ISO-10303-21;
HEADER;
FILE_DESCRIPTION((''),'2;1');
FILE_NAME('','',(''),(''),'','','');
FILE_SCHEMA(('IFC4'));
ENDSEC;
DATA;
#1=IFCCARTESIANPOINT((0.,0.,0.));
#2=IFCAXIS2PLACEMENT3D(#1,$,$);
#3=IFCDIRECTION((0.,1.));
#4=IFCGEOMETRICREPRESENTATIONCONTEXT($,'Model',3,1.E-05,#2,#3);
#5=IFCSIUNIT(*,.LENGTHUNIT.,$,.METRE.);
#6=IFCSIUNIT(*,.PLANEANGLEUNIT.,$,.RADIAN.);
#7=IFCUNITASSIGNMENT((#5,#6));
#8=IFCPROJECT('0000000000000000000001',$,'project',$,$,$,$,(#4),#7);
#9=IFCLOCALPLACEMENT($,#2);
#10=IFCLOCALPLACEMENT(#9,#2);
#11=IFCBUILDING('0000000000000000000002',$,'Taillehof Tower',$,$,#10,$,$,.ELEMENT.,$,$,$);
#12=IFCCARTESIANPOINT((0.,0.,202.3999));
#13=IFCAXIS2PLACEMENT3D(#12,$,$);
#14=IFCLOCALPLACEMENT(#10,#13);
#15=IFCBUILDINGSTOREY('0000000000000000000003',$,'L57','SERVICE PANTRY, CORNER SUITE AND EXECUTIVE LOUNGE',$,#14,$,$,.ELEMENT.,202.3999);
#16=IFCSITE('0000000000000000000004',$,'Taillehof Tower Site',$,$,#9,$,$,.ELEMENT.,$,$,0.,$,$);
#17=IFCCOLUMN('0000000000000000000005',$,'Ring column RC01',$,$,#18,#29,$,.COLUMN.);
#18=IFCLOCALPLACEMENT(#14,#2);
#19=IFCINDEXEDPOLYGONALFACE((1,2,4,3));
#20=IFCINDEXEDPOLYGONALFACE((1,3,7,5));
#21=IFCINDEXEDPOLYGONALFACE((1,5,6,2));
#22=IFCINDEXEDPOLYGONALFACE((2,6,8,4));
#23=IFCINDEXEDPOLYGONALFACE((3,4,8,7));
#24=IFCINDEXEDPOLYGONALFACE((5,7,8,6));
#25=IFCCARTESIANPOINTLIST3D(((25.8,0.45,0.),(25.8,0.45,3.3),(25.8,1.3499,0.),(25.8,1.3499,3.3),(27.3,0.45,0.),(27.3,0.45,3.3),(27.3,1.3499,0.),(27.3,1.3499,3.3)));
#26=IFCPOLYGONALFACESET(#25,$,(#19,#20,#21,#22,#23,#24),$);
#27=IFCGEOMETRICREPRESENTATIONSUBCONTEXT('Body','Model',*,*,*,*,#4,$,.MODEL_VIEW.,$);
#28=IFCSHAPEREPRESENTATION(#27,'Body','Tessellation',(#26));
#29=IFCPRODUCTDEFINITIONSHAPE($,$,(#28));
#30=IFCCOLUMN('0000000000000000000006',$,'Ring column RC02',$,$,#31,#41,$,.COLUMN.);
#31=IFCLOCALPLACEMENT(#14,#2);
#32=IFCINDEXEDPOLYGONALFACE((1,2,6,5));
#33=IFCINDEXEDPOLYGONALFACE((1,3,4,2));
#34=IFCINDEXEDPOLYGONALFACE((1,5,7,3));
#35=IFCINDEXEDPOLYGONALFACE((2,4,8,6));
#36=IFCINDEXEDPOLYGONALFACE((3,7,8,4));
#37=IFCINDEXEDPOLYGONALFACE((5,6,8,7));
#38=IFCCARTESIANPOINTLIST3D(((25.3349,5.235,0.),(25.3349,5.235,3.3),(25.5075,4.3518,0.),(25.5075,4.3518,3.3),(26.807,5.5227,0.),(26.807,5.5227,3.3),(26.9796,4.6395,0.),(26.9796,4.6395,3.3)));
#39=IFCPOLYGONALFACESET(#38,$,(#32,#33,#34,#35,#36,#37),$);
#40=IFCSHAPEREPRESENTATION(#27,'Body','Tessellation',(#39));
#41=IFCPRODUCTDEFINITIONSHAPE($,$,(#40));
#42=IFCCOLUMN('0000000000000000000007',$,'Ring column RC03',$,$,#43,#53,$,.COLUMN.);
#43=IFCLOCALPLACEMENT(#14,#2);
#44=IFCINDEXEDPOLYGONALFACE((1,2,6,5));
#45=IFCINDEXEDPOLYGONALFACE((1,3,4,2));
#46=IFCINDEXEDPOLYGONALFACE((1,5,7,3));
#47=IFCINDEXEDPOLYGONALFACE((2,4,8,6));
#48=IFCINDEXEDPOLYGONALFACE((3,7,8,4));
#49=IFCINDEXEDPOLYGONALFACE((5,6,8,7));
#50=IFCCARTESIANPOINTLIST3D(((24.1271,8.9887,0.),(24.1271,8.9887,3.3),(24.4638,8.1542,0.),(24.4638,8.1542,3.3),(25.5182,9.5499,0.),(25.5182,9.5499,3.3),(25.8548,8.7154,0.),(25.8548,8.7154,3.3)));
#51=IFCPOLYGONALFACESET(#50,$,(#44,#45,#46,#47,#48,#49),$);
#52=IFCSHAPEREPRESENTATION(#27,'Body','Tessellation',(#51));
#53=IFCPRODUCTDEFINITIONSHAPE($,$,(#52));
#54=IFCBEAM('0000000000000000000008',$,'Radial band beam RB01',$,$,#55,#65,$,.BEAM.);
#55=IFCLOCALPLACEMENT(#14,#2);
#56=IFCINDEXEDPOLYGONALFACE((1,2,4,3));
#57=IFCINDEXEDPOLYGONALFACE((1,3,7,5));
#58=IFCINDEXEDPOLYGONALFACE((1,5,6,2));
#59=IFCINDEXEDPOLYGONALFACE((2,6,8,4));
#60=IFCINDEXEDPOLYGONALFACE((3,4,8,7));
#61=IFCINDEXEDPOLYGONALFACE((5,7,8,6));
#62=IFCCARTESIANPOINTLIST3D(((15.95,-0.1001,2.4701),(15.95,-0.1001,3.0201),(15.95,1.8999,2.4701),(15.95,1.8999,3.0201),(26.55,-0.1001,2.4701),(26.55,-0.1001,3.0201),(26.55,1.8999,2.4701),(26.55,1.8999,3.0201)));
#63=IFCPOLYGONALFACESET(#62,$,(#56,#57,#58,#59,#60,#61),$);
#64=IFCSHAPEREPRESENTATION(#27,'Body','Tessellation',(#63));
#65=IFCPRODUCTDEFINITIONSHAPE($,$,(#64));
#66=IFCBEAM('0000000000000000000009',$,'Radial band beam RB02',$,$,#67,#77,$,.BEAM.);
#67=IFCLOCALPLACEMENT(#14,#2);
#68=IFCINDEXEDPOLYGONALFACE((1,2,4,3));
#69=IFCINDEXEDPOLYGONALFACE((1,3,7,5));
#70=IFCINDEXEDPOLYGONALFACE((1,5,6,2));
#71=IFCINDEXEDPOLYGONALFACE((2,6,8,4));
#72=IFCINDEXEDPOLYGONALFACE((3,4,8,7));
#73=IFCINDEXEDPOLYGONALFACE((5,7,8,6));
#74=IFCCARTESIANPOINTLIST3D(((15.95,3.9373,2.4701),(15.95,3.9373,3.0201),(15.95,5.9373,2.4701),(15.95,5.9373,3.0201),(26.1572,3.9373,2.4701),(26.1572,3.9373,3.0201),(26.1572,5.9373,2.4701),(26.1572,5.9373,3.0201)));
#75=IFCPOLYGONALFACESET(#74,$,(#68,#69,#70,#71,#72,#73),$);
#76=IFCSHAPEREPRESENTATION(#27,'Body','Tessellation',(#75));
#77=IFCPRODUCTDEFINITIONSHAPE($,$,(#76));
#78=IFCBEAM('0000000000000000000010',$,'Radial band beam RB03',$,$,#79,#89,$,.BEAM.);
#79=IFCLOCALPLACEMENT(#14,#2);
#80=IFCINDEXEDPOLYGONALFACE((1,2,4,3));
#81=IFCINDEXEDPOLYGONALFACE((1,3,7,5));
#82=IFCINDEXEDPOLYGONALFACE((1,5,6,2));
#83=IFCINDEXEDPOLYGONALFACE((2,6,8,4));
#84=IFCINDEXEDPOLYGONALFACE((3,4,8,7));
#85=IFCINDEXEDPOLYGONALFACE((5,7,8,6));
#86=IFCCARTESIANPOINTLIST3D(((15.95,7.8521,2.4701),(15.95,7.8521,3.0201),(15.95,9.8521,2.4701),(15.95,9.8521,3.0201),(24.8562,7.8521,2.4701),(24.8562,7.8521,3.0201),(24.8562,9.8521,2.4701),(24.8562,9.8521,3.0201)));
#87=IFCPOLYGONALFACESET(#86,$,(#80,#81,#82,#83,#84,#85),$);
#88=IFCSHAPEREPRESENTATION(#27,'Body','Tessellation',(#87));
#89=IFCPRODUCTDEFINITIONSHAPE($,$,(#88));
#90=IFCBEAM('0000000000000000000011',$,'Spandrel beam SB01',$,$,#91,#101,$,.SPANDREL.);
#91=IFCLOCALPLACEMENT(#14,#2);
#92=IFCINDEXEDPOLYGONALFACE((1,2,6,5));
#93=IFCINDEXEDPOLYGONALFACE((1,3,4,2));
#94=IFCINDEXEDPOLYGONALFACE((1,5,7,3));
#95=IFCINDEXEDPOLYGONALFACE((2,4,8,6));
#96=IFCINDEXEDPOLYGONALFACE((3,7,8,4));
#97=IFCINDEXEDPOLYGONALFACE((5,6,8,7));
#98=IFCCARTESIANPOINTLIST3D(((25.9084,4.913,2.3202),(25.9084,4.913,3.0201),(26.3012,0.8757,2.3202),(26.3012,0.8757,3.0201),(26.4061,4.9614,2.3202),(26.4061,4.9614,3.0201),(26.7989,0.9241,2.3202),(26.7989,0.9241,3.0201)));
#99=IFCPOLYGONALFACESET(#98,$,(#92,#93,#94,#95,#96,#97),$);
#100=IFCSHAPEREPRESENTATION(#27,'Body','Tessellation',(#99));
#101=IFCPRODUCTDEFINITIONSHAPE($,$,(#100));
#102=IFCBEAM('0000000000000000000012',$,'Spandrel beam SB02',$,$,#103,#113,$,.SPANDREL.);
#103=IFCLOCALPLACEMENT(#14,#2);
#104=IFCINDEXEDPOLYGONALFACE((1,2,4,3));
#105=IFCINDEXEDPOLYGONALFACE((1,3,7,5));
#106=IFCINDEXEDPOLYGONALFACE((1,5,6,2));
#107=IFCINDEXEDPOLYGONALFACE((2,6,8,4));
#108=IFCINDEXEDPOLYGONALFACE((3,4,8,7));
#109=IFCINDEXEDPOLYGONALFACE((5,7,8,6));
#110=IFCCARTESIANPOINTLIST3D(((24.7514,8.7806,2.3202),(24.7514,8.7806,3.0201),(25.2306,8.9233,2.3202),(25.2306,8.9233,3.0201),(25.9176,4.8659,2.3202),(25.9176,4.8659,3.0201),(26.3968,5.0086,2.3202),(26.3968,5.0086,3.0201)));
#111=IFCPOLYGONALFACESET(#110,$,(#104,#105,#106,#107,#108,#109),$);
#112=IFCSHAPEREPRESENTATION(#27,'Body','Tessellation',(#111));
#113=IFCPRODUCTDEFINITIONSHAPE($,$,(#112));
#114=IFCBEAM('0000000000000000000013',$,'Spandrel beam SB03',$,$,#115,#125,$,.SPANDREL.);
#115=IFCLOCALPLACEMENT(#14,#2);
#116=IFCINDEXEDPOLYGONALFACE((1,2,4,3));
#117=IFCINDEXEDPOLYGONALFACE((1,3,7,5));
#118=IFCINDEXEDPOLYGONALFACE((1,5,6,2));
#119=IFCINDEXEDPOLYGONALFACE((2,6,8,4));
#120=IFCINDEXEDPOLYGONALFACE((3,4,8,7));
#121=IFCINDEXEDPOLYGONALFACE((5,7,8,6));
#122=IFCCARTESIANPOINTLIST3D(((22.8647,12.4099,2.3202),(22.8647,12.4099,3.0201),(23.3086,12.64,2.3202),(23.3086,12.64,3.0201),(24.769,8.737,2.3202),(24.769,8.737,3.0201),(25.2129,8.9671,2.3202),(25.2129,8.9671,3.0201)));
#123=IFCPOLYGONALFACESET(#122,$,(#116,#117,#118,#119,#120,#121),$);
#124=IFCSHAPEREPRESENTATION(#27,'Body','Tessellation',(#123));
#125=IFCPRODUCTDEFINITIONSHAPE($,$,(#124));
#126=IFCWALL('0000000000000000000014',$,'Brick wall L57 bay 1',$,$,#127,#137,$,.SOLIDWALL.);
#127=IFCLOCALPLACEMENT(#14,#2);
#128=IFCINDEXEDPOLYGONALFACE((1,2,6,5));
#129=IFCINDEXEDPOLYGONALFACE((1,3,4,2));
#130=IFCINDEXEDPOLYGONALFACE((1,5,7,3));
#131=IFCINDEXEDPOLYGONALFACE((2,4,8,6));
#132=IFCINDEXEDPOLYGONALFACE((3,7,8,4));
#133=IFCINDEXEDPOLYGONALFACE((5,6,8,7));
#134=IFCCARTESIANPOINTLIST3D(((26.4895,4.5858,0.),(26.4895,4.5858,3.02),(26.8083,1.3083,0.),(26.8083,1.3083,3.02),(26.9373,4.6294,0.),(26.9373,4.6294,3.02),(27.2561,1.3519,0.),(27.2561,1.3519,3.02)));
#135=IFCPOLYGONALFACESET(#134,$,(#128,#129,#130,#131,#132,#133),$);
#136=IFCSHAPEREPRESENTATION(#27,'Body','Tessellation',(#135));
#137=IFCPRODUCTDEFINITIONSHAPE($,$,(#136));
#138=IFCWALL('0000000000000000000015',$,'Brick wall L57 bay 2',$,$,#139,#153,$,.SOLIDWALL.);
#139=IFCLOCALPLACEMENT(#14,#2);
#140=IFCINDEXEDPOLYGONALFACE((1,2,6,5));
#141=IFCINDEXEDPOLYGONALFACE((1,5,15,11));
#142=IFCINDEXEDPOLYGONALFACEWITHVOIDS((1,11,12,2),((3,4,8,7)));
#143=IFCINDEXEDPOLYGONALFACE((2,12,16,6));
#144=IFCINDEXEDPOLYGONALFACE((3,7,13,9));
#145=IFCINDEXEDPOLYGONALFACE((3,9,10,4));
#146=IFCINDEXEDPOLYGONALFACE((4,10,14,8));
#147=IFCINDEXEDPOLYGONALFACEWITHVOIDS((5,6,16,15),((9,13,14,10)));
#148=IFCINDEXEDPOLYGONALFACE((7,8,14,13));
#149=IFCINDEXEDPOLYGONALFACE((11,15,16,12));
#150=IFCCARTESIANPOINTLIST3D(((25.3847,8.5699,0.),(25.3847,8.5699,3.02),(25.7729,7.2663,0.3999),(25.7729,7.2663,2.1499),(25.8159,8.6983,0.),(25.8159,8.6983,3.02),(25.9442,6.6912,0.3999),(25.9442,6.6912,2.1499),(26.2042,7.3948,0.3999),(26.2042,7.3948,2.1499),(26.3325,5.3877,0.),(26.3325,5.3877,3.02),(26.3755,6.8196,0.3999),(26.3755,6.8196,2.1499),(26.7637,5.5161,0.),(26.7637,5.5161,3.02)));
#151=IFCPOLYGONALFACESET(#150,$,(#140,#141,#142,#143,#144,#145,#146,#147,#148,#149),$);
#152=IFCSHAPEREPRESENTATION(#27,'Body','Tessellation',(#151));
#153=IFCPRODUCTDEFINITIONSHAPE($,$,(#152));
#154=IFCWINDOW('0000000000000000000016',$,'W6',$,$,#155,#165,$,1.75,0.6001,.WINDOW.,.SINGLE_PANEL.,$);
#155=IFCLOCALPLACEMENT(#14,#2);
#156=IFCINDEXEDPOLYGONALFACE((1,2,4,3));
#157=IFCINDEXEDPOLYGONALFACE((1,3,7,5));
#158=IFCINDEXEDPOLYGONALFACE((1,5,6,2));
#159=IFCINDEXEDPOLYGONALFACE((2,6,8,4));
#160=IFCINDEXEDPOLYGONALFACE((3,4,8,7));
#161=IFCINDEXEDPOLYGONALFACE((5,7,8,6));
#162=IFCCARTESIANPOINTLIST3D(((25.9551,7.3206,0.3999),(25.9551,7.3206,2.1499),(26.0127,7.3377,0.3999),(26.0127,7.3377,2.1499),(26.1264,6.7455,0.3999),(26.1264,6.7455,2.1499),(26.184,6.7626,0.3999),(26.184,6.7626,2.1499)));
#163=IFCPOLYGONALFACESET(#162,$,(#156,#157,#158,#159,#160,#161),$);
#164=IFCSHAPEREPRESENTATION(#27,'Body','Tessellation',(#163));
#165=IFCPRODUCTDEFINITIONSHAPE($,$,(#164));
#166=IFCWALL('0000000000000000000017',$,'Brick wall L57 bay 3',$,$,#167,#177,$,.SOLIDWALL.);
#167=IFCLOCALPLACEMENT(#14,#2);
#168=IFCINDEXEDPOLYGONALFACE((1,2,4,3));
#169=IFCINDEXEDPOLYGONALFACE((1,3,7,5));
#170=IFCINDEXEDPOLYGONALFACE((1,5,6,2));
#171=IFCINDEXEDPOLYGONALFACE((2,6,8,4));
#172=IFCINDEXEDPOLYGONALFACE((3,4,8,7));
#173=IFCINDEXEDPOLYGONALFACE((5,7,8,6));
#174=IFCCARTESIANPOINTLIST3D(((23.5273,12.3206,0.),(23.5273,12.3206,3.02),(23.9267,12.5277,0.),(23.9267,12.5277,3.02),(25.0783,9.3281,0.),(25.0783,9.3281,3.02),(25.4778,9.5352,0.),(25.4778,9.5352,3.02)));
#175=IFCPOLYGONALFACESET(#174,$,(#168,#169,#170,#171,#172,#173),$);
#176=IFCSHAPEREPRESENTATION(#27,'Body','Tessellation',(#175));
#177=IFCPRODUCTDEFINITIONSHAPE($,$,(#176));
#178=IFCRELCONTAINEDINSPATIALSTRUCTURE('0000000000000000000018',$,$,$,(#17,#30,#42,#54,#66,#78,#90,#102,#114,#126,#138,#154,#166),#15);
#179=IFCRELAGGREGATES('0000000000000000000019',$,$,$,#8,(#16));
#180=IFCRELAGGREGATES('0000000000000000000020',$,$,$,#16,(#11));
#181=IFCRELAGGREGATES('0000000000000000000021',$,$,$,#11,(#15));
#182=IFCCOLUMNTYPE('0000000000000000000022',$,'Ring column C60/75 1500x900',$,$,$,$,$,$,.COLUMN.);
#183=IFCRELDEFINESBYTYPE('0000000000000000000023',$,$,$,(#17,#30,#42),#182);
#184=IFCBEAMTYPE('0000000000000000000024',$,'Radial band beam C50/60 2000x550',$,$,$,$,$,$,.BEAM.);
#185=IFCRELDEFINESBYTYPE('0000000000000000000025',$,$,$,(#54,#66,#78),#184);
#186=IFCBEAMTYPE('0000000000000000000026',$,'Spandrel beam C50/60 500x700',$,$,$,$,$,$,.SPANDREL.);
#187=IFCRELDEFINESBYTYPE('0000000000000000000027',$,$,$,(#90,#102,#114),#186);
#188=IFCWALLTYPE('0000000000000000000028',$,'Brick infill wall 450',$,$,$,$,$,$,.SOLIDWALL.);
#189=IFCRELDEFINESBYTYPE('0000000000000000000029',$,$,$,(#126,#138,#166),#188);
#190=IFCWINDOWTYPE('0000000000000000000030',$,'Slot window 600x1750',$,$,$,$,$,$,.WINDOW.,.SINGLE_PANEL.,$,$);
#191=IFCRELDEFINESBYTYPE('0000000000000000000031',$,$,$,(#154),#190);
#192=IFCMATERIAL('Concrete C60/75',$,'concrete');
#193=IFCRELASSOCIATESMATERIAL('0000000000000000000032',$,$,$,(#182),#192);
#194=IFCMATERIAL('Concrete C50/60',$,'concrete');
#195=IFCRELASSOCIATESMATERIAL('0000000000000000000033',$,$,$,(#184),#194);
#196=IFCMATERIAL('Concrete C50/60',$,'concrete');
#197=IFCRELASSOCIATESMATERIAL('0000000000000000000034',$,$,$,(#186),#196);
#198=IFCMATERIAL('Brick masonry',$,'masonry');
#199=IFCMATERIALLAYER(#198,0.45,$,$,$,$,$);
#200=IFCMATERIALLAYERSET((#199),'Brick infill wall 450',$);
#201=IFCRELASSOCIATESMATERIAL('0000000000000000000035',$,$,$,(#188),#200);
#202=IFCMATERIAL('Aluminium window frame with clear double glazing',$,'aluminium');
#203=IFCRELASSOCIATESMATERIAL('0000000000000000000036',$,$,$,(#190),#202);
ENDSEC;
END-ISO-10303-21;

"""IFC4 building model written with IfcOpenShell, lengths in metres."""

from ifc_helpers import new_model, si_unit, direction, frame, frame_2d, origin, origin_2d, place, context, subcontext, project, spatial, rectangle, extrude, material, layer, layer_set, material_profile, profile_set, type_object, element, fill, save


model = new_model("IFC4")

# Units and contexts
model_context = context("Model", 3, precision=1e-05, world=origin(), true_north=direction((0.0, 1.0)))
body_context = subcontext(model_context, "Body", "Model", "MODEL_VIEW")
ifc_project = project(units=[si_unit("LENGTHUNIT", "METRE"), si_unit("PLANEANGLEUNIT", "RADIAN")], contexts=[model_context])

# Site, building, storey
site_placement = place(None, origin())
site = spatial("IfcSite", under=ifc_project, at=site_placement, Name="Taillehof Tower Site", CompositionType="ELEMENT", RefElevation=0.0)
building_placement = place(site_placement, origin())
building = spatial("IfcBuilding", under=site, at=building_placement, Name="Taillehof Tower", CompositionType="ELEMENT")
storey_placement = place(building_placement, frame((0.0, 0.0, 202.3999)))
storey = spatial("IfcBuildingStorey", under=building, at=storey_placement, Name="L57", Description="SERVICE PANTRY, CORNER SUITE AND EXECUTIVE LOUNGE", CompositionType="ELEMENT", Elevation=202.3999)

# Columns
ifc_material_1 = material(Name="Concrete C60/75", Category="concrete")
ifc_material_profile_1 = material_profile(ifc_material_1, rectangle(XDim=1.5, YDim=0.8999, at=origin_2d()), Name="RC 1500x900")
ifc_profile_set_1 = profile_set([ifc_material_profile_1], Name="Concrete C60/75")
column_type = type_object("IfcColumnType", Name="Ring column C60/75 1500x900", PredefinedType="COLUMN", material=ifc_profile_set_1)
for number, where, z_axis, x_axis, name in (
    (1, (26.55, 0.8999, 0.0), (0.0, 0.0, 1.0), (1.0, 0.0, 0.0), "Ring column RC01"),
    (2, (26.1572, 4.9373, 0.0), (0.0, 0.0, 1.0), (0.981434, 0.191801, 0.0), "Ring column RC02"),
    (3, (24.991, 8.8521, 0.0), (0.0, 0.0, 1.0), (0.927385, 0.374108, 0.0), "Ring column RC03"),
):
    element("IfcColumn", number, at=place(storey_placement, frame(where, z_axis=z_axis, x_axis=x_axis)), inside=storey, type_object=column_type, Name=name, PredefinedType="COLUMN", context=body_context, shape_type="SweptSolid", body=[
        extrude(rectangle(XDim=1.5, YDim=0.8999, at=origin_2d()), origin(), (0.0, 0.0, 1.0), 3.3),
    ])

# Beams
ifc_material_2 = material(Name="Concrete C50/60", Category="concrete")
ifc_material_profile_2 = material_profile(ifc_material_2, rectangle(XDim=2.0, YDim=0.55, at=origin_2d()), Name="RC 2000x550")
ifc_profile_set_2 = profile_set([ifc_material_profile_2], Name="Concrete C50/60")
beam_type_1 = type_object("IfcBeamType", Name="Radial band beam C50/60 2000x550", PredefinedType="BEAM", material=ifc_profile_set_2)
beam_1_placement = place(storey_placement, frame((26.55, 0.8999, 2.7451), z_axis=(-1.0, 0.0, 0.0), x_axis=(0.0, -1.0, 0.0)))
element("IfcBeam", 4, at=beam_1_placement, inside=storey, type_object=beam_type_1, Name="Radial band beam RB01", PredefinedType="BEAM", context=body_context, shape_type="SweptSolid", body=[
    extrude(rectangle(XDim=2.0, YDim=0.55, at=origin_2d()), origin(), (0.0, 0.0, 1.0), 10.6001),
])
beam_2_placement = place(storey_placement, frame((26.1572, 4.9373, 2.7451), z_axis=(-1.0, 0.0, 0.0), x_axis=(0.0, -1.0, 0.0)))
element("IfcBeam", 5, at=beam_2_placement, inside=storey, type_object=beam_type_1, Name="Radial band beam RB02", PredefinedType="BEAM", context=body_context, shape_type="SweptSolid", body=[
    extrude(rectangle(XDim=2.0, YDim=0.55, at=origin_2d()), origin(), (0.0, 0.0, 1.0), 10.2073),
])
beam_3_placement = place(storey_placement, frame((24.8562, 8.8521, 2.7451), z_axis=(-1.0, 0.0, 0.0), x_axis=(0.0, -1.0, 0.0)))
element("IfcBeam", 6, at=beam_3_placement, inside=storey, type_object=beam_type_1, Name="Radial band beam RB03", PredefinedType="BEAM", context=body_context, shape_type="SweptSolid", body=[
    extrude(rectangle(XDim=2.0, YDim=0.55, at=origin_2d()), origin(), (0.0, 0.0, 1.0), 8.9062),
])
ifc_material_3 = material(Name="Concrete C50/60", Category="concrete")
ifc_material_profile_3 = material_profile(ifc_material_3, rectangle(XDim=0.5, YDim=0.7, at=origin_2d()), Name="RC 500x700")
ifc_profile_set_3 = profile_set([ifc_material_profile_3], Name="Concrete C50/60")
beam_type_2 = type_object("IfcBeamType", Name="Spandrel beam C50/60 500x700", PredefinedType="SPANDREL", material=ifc_profile_set_3)
beam_4_placement = place(storey_placement, frame((26.55, 0.8999, 2.6702), z_axis=(-0.09684, 0.9953, 0.0), x_axis=(-0.9953, -0.09684, 0.0)))
element("IfcBeam", 7, at=beam_4_placement, inside=storey, type_object=beam_type_2, Name="Spandrel beam SB01", PredefinedType="SPANDREL", context=body_context, shape_type="SweptSolid", body=[
    extrude(rectangle(XDim=0.5, YDim=0.7, at=origin_2d()), origin(), (0.0, 0.0, 1.0), 4.0564),
])
beam_5_placement = place(storey_placement, frame((26.1572, 4.9373, 2.6702), z_axis=(-0.28551, 0.958376, 0.0), x_axis=(-0.958376, -0.28551, 0.0)))
element("IfcBeam", 8, at=beam_5_placement, inside=storey, type_object=beam_type_2, Name="Spandrel beam SB02", PredefinedType="SPANDREL", context=body_context, shape_type="SweptSolid", body=[
    extrude(rectangle(XDim=0.5, YDim=0.7, at=origin_2d()), origin(), (0.0, 0.0, 1.0), 4.0847),
])
beam_6_placement = place(storey_placement, frame((24.991, 8.8521, 2.6702), z_axis=(-0.46029, 0.887769, 0.0), x_axis=(-0.887769, -0.46029, 0.0)))
element("IfcBeam", 9, at=beam_6_placement, inside=storey, type_object=beam_type_2, Name="Spandrel beam SB03", PredefinedType="SPANDREL", context=body_context, shape_type="SweptSolid", body=[
    extrude(rectangle(XDim=0.5, YDim=0.7, at=origin_2d()), origin(), (0.0, 0.0, 1.0), 4.1372),
])

# Wall
ifc_material_4 = material(Name="Brick masonry", Category="masonry")
ifc_layer_1 = layer(ifc_material_4, 0.45)
ifc_layer_set_1 = layer_set([ifc_layer_1], Name="Brick infill wall 450")
wall_type_1 = type_object("IfcWallType", Name="Brick infill wall 450", PredefinedType="SOLIDWALL", material=ifc_layer_set_1)
wall_1_placement = place(storey_placement, frame((27.0322, 1.3301, 0.0), z_axis=(0.0, 0.0, 1.0), x_axis=(-0.096824, 0.995302, 0.0)))
element("IfcWall", 10, at=wall_1_placement, inside=storey, type_object=wall_type_1, Name="Brick wall L57 bay 1", PredefinedType="SOLIDWALL", context=body_context, shape_type="SweptSolid", body=[
    extrude(rectangle(XDim=3.293, YDim=0.45, at=frame_2d((1.6465, 0.0))), origin(), (0.0, 0.0, 1.0), 3.02),
])

# Wall, opening, window
wall_2_placement = place(storey_placement, frame((26.5481, 5.4519, 0.0), z_axis=(0.0, 0.0, 1.0), x_axis=(-0.285445, 0.958395, 0.0)))
wall_2 = element("IfcWall", 11, at=wall_2_placement, inside=storey, type_object=wall_type_1, Name="Brick wall L57 bay 2", PredefinedType="SOLIDWALL", context=body_context, shape_type="SweptSolid", body=[
    extrude(rectangle(XDim=3.3203, YDim=0.45, at=frame_2d((1.6602, 0.0))), origin(), (0.0, 0.0, 1.0), 3.02),
])
opening_1_placement = place(wall_2_placement, frame((1.3601, 0.0, 0.3999)))
opening_1 = element("IfcOpeningElement", 12, at=opening_1_placement, cuts=wall_2, PredefinedType="OPENING", context=body_context, shape_type="SweptSolid", body=[
    extrude(rectangle(XDim=0.6001, YDim=1.75, at=frame_2d((0.3, 0.875))), frame((0.0, 0.2349, 0.0), z_axis=(0.0, -1.0, 0.0), x_axis=(1.0, 0.0, 0.0)), (0.0, 0.0, 1.0), 0.47),
])
ifc_material_5 = material(Name="Aluminium window frame with clear double glazing", Category="aluminium")
window_type = type_object("IfcWindowType", Name="Slot window 600x1750", PartitioningType="SINGLE_PANEL", PredefinedType="WINDOW", material=ifc_material_5)
window_placement = place(opening_1_placement, origin())
window = element("IfcWindow", 13, at=window_placement, inside=storey, type_object=window_type, Name="W6", OverallHeight=1.75, OverallWidth=0.6001, PartitioningType="SINGLE_PANEL", PredefinedType="WINDOW", context=body_context, shape_type="SweptSolid", body=[
    extrude(rectangle(XDim=0.6001, YDim=1.75, at=frame_2d((0.3, 0.875))), frame((0.0, 0.0349, 0.0), z_axis=(0.0, -1.0, 0.0), x_axis=(1.0, 0.0, 0.0)), (0.0, 0.0, 1.0), 0.0601),
])
fill(opening_1, window)

# Wall
wall_3_placement = place(storey_placement, frame((25.2781, 9.4316, 0.0), z_axis=(0.0, 0.0, 1.0), x_axis=(-0.460176, 0.887828, 0.0)))
element("IfcWall", 14, at=wall_3_placement, inside=storey, type_object=wall_type_1, Name="Brick wall L57 bay 3", PredefinedType="SOLIDWALL", context=body_context, shape_type="SweptSolid", body=[
    extrude(rectangle(XDim=3.3706, YDim=0.45, at=frame_2d((1.6853, 0.0))), origin(), (0.0, 0.0, 1.0), 3.02),
])

save(model, "model.ifc")
